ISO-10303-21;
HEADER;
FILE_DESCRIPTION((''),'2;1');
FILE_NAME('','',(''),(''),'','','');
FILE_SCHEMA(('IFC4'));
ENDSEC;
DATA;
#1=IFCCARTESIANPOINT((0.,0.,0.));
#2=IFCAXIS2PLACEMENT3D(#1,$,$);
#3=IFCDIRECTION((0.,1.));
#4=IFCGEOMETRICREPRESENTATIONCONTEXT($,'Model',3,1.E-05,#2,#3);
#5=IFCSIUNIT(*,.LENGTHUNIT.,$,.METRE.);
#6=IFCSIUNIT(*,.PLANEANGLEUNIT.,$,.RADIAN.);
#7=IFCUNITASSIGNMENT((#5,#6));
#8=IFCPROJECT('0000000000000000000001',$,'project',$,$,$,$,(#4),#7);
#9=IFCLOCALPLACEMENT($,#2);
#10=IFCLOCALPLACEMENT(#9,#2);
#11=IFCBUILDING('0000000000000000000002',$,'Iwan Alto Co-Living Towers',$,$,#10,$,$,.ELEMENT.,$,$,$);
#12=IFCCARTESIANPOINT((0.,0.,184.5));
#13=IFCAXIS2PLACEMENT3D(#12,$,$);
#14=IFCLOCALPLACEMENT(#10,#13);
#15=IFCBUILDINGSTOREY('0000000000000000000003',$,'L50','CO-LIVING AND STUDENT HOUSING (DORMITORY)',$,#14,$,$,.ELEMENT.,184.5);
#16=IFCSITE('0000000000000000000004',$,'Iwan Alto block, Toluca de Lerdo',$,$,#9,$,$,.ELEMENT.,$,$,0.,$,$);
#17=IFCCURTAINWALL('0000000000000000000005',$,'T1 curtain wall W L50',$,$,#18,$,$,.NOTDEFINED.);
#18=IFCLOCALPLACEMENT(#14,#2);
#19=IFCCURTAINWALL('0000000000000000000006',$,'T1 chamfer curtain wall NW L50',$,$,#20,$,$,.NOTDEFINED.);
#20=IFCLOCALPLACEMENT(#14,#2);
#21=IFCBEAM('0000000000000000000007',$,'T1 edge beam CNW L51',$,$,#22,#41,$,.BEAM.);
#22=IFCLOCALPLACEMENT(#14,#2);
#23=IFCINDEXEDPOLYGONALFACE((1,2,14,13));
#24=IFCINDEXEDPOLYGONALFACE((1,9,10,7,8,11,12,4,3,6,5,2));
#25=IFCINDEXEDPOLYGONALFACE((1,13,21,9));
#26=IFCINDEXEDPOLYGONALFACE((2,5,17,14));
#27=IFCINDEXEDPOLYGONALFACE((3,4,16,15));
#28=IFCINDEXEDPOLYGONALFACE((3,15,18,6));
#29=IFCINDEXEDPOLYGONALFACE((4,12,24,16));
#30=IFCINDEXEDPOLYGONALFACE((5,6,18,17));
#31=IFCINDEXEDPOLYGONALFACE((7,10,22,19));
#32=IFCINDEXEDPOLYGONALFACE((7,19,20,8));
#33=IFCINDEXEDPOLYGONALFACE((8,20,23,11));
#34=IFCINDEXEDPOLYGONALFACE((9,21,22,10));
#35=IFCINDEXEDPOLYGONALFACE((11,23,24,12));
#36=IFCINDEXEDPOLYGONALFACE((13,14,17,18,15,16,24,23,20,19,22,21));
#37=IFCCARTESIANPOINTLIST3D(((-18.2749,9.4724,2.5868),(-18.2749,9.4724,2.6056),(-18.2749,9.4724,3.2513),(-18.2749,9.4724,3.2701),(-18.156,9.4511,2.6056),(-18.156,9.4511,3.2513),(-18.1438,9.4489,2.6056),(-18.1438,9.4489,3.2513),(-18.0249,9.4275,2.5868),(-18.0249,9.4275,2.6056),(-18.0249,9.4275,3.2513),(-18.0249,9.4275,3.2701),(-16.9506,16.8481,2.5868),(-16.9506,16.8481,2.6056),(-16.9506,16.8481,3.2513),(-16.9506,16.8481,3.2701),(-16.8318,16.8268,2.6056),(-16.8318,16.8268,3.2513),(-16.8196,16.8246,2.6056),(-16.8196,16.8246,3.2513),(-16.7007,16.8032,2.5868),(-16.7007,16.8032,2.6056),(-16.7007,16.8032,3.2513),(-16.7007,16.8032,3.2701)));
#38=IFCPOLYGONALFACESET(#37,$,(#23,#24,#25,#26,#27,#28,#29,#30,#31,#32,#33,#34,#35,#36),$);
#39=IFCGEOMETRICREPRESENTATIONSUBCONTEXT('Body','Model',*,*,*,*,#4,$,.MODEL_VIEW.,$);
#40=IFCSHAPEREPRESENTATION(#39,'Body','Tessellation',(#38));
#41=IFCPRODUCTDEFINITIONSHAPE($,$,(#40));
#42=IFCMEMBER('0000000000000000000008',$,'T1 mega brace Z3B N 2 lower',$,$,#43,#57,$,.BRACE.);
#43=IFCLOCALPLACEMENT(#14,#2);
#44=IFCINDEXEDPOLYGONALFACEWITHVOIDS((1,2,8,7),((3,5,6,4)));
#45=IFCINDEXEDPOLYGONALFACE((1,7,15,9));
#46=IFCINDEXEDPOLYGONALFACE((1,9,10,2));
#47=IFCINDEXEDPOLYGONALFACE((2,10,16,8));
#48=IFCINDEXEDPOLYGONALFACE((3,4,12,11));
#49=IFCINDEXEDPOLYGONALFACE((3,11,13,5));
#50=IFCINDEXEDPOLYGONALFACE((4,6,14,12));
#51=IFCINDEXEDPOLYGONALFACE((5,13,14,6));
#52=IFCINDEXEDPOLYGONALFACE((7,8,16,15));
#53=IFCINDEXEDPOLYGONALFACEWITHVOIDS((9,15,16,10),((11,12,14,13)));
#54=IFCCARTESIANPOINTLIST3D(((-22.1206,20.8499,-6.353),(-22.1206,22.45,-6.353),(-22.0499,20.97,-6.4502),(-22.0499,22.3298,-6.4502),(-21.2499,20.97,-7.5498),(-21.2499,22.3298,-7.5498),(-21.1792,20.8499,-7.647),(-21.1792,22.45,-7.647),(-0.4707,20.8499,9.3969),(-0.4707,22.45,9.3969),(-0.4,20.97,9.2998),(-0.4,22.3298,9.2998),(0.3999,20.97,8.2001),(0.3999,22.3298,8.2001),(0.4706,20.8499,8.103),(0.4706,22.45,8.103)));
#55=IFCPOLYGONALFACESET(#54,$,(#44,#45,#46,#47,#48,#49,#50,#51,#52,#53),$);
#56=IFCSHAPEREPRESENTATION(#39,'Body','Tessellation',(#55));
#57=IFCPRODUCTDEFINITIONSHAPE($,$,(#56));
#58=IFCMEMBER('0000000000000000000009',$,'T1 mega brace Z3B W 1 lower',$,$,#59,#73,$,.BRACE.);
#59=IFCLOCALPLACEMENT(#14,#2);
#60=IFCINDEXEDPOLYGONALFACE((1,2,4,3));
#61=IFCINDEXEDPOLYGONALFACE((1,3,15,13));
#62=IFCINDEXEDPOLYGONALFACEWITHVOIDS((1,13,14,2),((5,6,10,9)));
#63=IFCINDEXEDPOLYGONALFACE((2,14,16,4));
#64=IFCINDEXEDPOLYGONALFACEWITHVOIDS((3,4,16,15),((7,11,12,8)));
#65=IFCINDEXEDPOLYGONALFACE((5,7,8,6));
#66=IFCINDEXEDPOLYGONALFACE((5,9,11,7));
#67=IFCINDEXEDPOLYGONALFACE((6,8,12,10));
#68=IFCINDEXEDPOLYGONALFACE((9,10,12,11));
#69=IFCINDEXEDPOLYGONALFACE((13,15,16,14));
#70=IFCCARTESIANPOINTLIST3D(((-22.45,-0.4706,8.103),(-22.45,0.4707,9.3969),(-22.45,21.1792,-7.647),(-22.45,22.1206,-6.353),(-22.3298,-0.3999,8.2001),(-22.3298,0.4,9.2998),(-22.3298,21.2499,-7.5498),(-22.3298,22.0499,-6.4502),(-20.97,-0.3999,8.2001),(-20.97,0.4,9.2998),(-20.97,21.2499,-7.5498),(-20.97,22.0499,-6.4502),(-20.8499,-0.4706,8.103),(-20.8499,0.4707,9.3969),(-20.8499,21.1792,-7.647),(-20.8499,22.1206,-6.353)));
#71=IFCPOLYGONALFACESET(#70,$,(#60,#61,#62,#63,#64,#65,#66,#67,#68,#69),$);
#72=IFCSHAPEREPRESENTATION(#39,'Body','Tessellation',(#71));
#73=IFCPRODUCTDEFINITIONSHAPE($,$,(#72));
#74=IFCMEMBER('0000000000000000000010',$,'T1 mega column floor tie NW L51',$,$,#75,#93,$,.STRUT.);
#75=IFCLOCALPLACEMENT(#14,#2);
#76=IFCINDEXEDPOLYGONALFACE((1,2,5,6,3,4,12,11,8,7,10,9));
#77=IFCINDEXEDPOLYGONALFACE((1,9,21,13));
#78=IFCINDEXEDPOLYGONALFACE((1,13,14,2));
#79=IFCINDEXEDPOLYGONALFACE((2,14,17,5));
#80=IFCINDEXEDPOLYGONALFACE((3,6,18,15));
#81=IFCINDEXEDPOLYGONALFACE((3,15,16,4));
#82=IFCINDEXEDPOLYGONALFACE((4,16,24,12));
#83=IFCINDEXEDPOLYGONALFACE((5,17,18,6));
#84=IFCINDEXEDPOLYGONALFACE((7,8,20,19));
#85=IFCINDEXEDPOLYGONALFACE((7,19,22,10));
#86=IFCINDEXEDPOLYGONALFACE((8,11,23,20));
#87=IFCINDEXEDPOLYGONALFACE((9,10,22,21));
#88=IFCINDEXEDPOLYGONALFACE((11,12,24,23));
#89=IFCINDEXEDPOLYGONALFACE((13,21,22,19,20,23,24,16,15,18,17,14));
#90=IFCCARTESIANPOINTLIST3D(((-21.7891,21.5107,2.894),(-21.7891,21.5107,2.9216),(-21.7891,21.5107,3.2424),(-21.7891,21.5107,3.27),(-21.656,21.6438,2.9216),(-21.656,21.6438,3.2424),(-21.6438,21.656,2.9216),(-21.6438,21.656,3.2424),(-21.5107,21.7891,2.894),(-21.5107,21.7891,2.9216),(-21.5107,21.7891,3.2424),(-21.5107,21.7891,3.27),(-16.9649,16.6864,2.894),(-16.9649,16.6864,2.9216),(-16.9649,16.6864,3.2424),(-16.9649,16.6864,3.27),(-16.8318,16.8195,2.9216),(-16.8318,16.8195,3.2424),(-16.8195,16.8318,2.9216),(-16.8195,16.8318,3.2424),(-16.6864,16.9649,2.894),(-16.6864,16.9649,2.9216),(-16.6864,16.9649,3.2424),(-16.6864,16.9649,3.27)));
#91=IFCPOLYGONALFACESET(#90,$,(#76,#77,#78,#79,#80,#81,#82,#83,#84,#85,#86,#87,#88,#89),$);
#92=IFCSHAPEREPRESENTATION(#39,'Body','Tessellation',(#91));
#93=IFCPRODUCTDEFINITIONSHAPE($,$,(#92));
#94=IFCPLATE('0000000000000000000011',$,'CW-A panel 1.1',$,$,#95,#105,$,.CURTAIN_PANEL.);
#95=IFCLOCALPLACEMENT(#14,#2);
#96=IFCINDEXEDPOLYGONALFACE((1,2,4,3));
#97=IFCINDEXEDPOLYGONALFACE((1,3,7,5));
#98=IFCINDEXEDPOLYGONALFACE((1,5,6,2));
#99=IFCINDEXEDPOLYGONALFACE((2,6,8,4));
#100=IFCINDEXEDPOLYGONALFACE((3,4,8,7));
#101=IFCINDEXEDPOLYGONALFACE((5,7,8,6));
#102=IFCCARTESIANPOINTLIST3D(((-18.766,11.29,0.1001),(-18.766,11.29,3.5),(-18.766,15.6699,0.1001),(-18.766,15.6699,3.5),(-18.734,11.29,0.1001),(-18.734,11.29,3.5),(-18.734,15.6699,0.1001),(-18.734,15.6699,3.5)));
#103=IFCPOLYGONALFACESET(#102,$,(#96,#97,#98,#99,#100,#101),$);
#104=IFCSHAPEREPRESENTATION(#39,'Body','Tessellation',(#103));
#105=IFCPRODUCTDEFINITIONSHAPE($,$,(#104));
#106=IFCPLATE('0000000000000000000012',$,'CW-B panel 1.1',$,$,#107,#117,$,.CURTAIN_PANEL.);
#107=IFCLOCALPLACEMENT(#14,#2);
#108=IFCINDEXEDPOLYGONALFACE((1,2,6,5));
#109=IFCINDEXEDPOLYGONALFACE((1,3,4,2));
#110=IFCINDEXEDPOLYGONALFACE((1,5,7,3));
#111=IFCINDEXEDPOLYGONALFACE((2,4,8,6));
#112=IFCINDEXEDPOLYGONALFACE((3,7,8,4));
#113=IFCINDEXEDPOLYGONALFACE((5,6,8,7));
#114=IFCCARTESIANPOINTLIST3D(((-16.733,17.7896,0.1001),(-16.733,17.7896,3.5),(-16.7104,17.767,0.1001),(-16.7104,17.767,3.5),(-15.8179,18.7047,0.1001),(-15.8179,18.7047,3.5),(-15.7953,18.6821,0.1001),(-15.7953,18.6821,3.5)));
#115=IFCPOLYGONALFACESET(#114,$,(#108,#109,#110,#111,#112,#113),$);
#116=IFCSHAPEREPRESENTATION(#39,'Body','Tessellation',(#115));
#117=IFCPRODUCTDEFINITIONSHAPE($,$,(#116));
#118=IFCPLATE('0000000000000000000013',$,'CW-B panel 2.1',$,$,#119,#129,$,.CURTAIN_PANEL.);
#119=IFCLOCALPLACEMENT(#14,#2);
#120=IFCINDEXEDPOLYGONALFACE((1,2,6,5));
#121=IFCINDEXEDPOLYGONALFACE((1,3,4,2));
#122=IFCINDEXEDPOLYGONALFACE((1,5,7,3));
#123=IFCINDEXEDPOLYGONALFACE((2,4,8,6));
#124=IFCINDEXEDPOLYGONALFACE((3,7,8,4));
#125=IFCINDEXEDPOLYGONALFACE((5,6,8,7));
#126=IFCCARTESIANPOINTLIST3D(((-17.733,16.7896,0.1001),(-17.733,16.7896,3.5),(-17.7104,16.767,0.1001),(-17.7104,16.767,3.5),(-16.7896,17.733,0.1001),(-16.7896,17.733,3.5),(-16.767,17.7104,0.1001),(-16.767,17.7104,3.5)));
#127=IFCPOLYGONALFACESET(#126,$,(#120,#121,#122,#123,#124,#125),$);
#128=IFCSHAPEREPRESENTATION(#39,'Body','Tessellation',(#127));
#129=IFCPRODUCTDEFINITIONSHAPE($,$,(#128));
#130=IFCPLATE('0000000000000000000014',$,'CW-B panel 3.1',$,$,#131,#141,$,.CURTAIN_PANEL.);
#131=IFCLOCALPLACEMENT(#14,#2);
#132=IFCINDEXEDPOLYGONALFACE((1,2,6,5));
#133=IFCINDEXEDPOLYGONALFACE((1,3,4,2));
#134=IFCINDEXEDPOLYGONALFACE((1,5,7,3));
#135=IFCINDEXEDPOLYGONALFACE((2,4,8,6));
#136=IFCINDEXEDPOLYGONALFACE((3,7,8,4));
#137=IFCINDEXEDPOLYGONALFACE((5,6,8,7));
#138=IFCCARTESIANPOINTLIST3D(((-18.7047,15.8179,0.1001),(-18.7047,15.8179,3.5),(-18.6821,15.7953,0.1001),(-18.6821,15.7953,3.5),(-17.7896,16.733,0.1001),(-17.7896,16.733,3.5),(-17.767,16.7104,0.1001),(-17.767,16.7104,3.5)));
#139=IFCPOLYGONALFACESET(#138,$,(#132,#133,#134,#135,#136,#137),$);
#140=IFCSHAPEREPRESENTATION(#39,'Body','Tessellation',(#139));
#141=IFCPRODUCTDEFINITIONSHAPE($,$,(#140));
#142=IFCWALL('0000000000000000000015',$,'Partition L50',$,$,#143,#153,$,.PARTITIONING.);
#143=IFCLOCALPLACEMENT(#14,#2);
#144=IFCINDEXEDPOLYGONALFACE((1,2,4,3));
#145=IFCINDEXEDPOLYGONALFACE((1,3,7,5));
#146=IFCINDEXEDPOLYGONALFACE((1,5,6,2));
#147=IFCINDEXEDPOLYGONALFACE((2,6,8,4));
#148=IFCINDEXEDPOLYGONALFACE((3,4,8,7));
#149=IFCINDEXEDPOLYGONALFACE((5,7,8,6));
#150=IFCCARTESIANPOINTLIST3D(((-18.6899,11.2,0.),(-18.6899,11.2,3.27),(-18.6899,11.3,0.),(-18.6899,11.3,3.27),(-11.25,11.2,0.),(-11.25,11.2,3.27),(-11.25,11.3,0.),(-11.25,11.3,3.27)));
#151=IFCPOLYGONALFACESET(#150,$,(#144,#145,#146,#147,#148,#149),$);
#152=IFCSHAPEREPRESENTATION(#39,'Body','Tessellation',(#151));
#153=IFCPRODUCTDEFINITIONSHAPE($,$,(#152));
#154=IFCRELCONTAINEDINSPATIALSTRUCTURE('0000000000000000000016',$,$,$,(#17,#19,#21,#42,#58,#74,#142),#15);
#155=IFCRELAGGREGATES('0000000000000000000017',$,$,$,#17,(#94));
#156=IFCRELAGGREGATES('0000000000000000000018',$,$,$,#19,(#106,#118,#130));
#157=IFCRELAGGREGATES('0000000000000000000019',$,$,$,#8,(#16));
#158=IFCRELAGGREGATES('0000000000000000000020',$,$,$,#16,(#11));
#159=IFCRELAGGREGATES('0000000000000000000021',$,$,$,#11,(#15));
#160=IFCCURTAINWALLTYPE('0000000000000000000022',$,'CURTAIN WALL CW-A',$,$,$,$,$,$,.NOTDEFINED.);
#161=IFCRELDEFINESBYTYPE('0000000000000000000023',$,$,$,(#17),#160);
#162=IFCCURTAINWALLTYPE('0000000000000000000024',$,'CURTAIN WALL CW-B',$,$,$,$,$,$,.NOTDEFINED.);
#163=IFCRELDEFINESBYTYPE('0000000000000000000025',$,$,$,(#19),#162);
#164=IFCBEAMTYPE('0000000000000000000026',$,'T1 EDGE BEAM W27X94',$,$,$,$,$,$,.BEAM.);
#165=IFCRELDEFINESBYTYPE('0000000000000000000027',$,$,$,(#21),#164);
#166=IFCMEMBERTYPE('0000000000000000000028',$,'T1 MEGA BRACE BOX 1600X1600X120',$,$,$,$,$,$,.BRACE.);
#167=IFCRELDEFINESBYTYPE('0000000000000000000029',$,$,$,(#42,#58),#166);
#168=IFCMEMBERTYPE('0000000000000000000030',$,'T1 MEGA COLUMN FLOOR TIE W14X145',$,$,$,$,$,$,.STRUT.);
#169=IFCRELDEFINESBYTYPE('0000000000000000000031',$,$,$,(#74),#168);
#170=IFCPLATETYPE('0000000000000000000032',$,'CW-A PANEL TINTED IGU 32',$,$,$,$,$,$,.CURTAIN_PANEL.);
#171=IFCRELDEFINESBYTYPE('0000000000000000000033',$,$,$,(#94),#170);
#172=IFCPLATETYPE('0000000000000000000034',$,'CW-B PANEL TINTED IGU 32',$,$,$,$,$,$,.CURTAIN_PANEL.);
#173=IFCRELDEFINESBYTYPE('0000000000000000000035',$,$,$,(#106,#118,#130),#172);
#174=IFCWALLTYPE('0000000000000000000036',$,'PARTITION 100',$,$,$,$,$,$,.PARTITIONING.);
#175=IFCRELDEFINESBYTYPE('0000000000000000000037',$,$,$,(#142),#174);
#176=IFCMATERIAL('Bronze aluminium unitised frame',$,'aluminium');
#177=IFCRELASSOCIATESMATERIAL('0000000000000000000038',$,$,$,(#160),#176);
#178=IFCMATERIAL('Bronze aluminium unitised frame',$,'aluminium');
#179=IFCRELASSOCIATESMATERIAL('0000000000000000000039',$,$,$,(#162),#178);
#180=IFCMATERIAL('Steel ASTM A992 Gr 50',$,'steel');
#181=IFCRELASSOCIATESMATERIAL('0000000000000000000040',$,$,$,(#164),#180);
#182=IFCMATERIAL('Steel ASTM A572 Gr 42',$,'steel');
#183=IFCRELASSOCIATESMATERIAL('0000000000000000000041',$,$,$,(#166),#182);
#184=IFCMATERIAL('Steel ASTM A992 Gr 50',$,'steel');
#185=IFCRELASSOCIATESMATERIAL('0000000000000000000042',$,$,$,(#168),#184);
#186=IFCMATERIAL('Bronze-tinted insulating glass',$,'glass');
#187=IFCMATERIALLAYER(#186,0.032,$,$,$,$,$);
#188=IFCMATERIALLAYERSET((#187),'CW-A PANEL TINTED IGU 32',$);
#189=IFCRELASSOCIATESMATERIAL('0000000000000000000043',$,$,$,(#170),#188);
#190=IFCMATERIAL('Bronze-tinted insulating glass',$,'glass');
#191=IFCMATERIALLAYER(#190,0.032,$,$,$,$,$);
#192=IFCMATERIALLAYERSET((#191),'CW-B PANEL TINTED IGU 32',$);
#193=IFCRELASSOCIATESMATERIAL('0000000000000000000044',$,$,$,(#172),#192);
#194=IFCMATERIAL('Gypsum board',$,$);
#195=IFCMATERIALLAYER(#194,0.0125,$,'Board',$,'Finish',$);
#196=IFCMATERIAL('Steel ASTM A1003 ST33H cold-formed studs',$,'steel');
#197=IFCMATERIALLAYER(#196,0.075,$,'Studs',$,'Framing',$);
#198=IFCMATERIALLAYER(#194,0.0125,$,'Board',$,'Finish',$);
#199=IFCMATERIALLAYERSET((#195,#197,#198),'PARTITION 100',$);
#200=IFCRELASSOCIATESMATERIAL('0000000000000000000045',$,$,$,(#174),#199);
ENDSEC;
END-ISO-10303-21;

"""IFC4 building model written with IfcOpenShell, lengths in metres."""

from ifc_helpers import new_model, si_unit, direction, frame, frame_2d, origin, origin_2d, place, context, subcontext, project, spatial, rectangle, hollow_rectangle, i_section, extrude, material, layer, layer_set, material_profile, profile_set, type_object, element, aggregate, save


model = new_model("IFC4")

# Units and contexts
model_context = context("Model", 3, precision=1e-05, world=origin(), true_north=direction((0.0, 1.0)))
body_context = subcontext(model_context, "Body", "Model", "MODEL_VIEW")
ifc_project = project(units=[si_unit("LENGTHUNIT", "METRE"), si_unit("PLANEANGLEUNIT", "RADIAN")], contexts=[model_context])

# Site, building, storey
site_placement = place(None, origin())
site = spatial("IfcSite", under=ifc_project, at=site_placement, Name="Iwan Alto block, Toluca de Lerdo", CompositionType="ELEMENT", RefElevation=0.0)
building_placement = place(site_placement, origin())
building = spatial("IfcBuilding", under=site, at=building_placement, Name="Iwan Alto Co-Living Towers", CompositionType="ELEMENT")
storey_placement = place(building_placement, frame((0.0, 0.0, 184.5)))
storey = spatial("IfcBuildingStorey", under=building, at=storey_placement, Name="L50", Description="CO-LIVING AND STUDENT HOUSING (DORMITORY)", CompositionType="ELEMENT", Elevation=184.5)

# Curtain walls
ifc_material_1 = material(Name="Bronze aluminium unitised frame", Category="aluminium")
curtain_wall_type_1 = type_object("IfcCurtainWallType", Name="CURTAIN WALL CW-A", PredefinedType="NOTDEFINED", material=ifc_material_1)
curtain_wall_1_placement = place(storey_placement, origin())
curtain_wall_1 = element("IfcCurtainWall", 1, at=curtain_wall_1_placement, inside=storey, type_object=curtain_wall_type_1, Name="T1 curtain wall W L50", PredefinedType="NOTDEFINED")
ifc_material_2 = material(Name="Bronze aluminium unitised frame", Category="aluminium")
curtain_wall_type_2 = type_object("IfcCurtainWallType", Name="CURTAIN WALL CW-B", PredefinedType="NOTDEFINED", material=ifc_material_2)
curtain_wall_2_placement = place(storey_placement, origin())
curtain_wall_2 = element("IfcCurtainWall", 2, at=curtain_wall_2_placement, inside=storey, type_object=curtain_wall_type_2, Name="T1 chamfer curtain wall NW L50", PredefinedType="NOTDEFINED")

# Beam
ifc_material_3 = material(Name="Steel ASTM A992 Gr 50", Category="steel")
ifc_material_profile_1 = material_profile(ifc_material_3, i_section(OverallWidth=0.2539, OverallDepth=0.6833, WebThickness=0.0125, FlangeThickness=0.0188, at=origin_2d()), Name="W27X94")
ifc_profile_set_1 = profile_set([ifc_material_profile_1], Name="Steel ASTM A992 Gr 50")
beam_type_1 = type_object("IfcBeamType", Name="T1 EDGE BEAM W27X94", PredefinedType="BEAM", material=ifc_profile_set_1)
beam_1_placement = place(storey_placement, frame((-16.8257, 16.8257, 2.9285), z_axis=(-0.176712, -0.984263, 0.0), x_axis=(0.984263, -0.176712, 0.0)))
element("IfcBeam", 3, at=beam_1_placement, inside=storey, type_object=beam_type_1, Name="T1 edge beam CNW L51", PredefinedType="BEAM", context=body_context, shape_type="SweptSolid", body=[
    extrude(i_section(OverallWidth=0.2539, OverallDepth=0.6833, WebThickness=0.0125, FlangeThickness=0.0188, at=origin_2d()), origin(), (0.0, 0.0, 1.0), 7.4937),
])

# Members
ifc_material_4 = material(Name="Steel ASTM A572 Gr 42", Category="steel")
ifc_material_profile_2 = material_profile(ifc_material_4, hollow_rectangle(XDim=1.6001, YDim=1.6001, WallThickness=0.1201, at=origin_2d()), Name="BOX 1600X1600X120")
ifc_profile_set_2 = profile_set([ifc_material_profile_2], Name="Steel ASTM A572 Gr 42")
member_type_1 = type_object("IfcMemberType", Name="T1 MEGA BRACE BOX 1600X1600X120", PredefinedType="BRACE", material=ifc_profile_set_2)
for number, where, z_axis, x_axis, name in (
    (4, (-21.6499, 21.6499, -7.0), (0.808654, 0.0, 0.588284), (0.0, 1.0, 0.0), "T1 mega brace Z3B N 2 lower"),
    (5, (-21.6499, 21.6499, -7.0), (0.0, -0.808654, 0.588284), (1.0, 0.0, 0.0), "T1 mega brace Z3B W 1 lower"),
):
    element("IfcMember", number, at=place(storey_placement, frame(where, z_axis=z_axis, x_axis=x_axis)), inside=storey, type_object=member_type_1, Name=name, PredefinedType="BRACE", context=body_context, shape_type="SweptSolid", body=[
        extrude(hollow_rectangle(XDim=1.6001, YDim=1.6001, WallThickness=0.1201, at=origin_2d()), origin(), (0.0, 0.0, 1.0), 26.7727),
    ])
ifc_material_5 = material(Name="Steel ASTM A992 Gr 50", Category="steel")
ifc_material_profile_3 = material_profile(ifc_material_5, i_section(OverallWidth=0.3938, OverallDepth=0.376, WebThickness=0.0173, FlangeThickness=0.0276, at=origin_2d()), Name="W14X145")
ifc_profile_set_3 = profile_set([ifc_material_profile_3], Name="Steel ASTM A992 Gr 50")
member_type_2 = type_object("IfcMemberType", Name="T1 MEGA COLUMN FLOOR TIE W14X145", PredefinedType="STRUT", material=ifc_profile_set_3)
member_1_placement = place(storey_placement, frame((-21.6499, 21.6499, 3.082), z_axis=(0.707107, -0.707107, 0.0), x_axis=(0.707107, 0.707107, 0.0)))
element("IfcMember", 6, at=member_1_placement, inside=storey, type_object=member_type_2, Name="T1 mega column floor tie NW L51", PredefinedType="STRUT", context=body_context, shape_type="SweptSolid", body=[
    extrude(i_section(OverallWidth=0.3938, OverallDepth=0.376, WebThickness=0.0173, FlangeThickness=0.0276, at=origin_2d()), origin(), (0.0, 0.0, 1.0), 6.8225),
])

# Plates
ifc_material_6 = material(Name="Bronze-tinted insulating glass", Category="glass")
ifc_layer_1 = layer(ifc_material_6, 0.032)
ifc_layer_set_1 = layer_set([ifc_layer_1], Name="CW-A PANEL TINTED IGU 32")
plate_type_1 = type_object("IfcPlateType", Name="CW-A PANEL TINTED IGU 32", PredefinedType="CURTAIN_PANEL", material=ifc_layer_set_1)
plate_1_placement = place(storey_placement, frame((-18.75, 13.48, 0.1001), z_axis=(0.0, 0.0, 1.0), x_axis=(0.0, -1.0, 0.0)))
plate_1 = element("IfcPlate", 7, at=plate_1_placement, type_object=plate_type_1, Name="CW-A panel 1.1", PredefinedType="CURTAIN_PANEL", context=body_context, shape_type="SweptSolid", body=[
    extrude(rectangle(XDim=4.3799, YDim=0.032, at=origin_2d()), origin(), (0.0, 0.0, 1.0), 3.3999),
])
aggregate(curtain_wall_1, [plate_1])
ifc_material_7 = material(Name="Bronze-tinted insulating glass", Category="glass")
ifc_layer_2 = layer(ifc_material_7, 0.032)
ifc_layer_set_2 = layer_set([ifc_layer_2], Name="CW-B PANEL TINTED IGU 32")
plate_type_2 = type_object("IfcPlateType", Name="CW-B PANEL TINTED IGU 32", PredefinedType="CURTAIN_PANEL", material=ifc_layer_set_2)
plate_2_placement = place(storey_placement, frame((-16.2642, 18.2358, 0.1001), z_axis=(0.0, 0.0, 1.0), x_axis=(-0.707107, -0.707107, 0.0)))
plate_2 = element("IfcPlate", 8, at=plate_2_placement, type_object=plate_type_2, Name="CW-B panel 1.1", PredefinedType="CURTAIN_PANEL", context=body_context, shape_type="SweptSolid", body=[
    extrude(rectangle(XDim=1.2942, YDim=0.032, at=origin_2d()), origin(), (0.0, 0.0, 1.0), 3.3999),
])
plate_3_placement = place(storey_placement, frame((-17.25, 17.25, 0.1001), z_axis=(0.0, 0.0, 1.0), x_axis=(-0.707107, -0.707107, 0.0)))
plate_3 = element("IfcPlate", 9, at=plate_3_placement, type_object=plate_type_2, Name="CW-B panel 2.1", PredefinedType="CURTAIN_PANEL", context=body_context, shape_type="SweptSolid", body=[
    extrude(rectangle(XDim=1.3342, YDim=0.032, at=origin_2d()), origin(), (0.0, 0.0, 1.0), 3.3999),
])
plate_4_placement = place(storey_placement, frame((-18.2358, 16.2642, 0.1001), z_axis=(0.0, 0.0, 1.0), x_axis=(-0.707107, -0.707107, 0.0)))
plate_4 = element("IfcPlate", 10, at=plate_4_placement, type_object=plate_type_2, Name="CW-B panel 3.1", PredefinedType="CURTAIN_PANEL", context=body_context, shape_type="SweptSolid", body=[
    extrude(rectangle(XDim=1.2942, YDim=0.032, at=origin_2d()), origin(), (0.0, 0.0, 1.0), 3.3999),
])
aggregate(curtain_wall_2, [plate_2, plate_3, plate_4])

# Wall
ifc_material_8 = material(Name="Gypsum board")
ifc_layer_3 = layer(ifc_material_8, 0.0125, Name="Board", Category="Finish")
ifc_material_9 = material(Name="Steel ASTM A1003 ST33H cold-formed studs", Category="steel")
ifc_layer_4 = layer(ifc_material_9, 0.075, Name="Studs", Category="Framing")
ifc_layer_5 = layer(ifc_material_8, 0.0125, Name="Board", Category="Finish")
ifc_layer_set_3 = layer_set([ifc_layer_3, ifc_layer_4, ifc_layer_5], Name="PARTITION 100")
wall_type = type_object("IfcWallType", Name="PARTITION 100", PredefinedType="PARTITIONING", material=ifc_layer_set_3)
wall_placement = place(storey_placement, frame((-18.6899, 11.25, 0.0), z_axis=(0.0, 0.0, 1.0), x_axis=(1.0, 0.0, 0.0)))
element("IfcWall", 11, at=wall_placement, inside=storey, type_object=wall_type, Name="Partition L50", PredefinedType="PARTITIONING", context=body_context, shape_type="SweptSolid", body=[
    extrude(rectangle(XDim=7.4399, YDim=0.1001, at=frame_2d((3.72, 0.0))), origin(), (0.0, 0.0, 1.0), 3.27),
])

save(model, "model.ifc")
